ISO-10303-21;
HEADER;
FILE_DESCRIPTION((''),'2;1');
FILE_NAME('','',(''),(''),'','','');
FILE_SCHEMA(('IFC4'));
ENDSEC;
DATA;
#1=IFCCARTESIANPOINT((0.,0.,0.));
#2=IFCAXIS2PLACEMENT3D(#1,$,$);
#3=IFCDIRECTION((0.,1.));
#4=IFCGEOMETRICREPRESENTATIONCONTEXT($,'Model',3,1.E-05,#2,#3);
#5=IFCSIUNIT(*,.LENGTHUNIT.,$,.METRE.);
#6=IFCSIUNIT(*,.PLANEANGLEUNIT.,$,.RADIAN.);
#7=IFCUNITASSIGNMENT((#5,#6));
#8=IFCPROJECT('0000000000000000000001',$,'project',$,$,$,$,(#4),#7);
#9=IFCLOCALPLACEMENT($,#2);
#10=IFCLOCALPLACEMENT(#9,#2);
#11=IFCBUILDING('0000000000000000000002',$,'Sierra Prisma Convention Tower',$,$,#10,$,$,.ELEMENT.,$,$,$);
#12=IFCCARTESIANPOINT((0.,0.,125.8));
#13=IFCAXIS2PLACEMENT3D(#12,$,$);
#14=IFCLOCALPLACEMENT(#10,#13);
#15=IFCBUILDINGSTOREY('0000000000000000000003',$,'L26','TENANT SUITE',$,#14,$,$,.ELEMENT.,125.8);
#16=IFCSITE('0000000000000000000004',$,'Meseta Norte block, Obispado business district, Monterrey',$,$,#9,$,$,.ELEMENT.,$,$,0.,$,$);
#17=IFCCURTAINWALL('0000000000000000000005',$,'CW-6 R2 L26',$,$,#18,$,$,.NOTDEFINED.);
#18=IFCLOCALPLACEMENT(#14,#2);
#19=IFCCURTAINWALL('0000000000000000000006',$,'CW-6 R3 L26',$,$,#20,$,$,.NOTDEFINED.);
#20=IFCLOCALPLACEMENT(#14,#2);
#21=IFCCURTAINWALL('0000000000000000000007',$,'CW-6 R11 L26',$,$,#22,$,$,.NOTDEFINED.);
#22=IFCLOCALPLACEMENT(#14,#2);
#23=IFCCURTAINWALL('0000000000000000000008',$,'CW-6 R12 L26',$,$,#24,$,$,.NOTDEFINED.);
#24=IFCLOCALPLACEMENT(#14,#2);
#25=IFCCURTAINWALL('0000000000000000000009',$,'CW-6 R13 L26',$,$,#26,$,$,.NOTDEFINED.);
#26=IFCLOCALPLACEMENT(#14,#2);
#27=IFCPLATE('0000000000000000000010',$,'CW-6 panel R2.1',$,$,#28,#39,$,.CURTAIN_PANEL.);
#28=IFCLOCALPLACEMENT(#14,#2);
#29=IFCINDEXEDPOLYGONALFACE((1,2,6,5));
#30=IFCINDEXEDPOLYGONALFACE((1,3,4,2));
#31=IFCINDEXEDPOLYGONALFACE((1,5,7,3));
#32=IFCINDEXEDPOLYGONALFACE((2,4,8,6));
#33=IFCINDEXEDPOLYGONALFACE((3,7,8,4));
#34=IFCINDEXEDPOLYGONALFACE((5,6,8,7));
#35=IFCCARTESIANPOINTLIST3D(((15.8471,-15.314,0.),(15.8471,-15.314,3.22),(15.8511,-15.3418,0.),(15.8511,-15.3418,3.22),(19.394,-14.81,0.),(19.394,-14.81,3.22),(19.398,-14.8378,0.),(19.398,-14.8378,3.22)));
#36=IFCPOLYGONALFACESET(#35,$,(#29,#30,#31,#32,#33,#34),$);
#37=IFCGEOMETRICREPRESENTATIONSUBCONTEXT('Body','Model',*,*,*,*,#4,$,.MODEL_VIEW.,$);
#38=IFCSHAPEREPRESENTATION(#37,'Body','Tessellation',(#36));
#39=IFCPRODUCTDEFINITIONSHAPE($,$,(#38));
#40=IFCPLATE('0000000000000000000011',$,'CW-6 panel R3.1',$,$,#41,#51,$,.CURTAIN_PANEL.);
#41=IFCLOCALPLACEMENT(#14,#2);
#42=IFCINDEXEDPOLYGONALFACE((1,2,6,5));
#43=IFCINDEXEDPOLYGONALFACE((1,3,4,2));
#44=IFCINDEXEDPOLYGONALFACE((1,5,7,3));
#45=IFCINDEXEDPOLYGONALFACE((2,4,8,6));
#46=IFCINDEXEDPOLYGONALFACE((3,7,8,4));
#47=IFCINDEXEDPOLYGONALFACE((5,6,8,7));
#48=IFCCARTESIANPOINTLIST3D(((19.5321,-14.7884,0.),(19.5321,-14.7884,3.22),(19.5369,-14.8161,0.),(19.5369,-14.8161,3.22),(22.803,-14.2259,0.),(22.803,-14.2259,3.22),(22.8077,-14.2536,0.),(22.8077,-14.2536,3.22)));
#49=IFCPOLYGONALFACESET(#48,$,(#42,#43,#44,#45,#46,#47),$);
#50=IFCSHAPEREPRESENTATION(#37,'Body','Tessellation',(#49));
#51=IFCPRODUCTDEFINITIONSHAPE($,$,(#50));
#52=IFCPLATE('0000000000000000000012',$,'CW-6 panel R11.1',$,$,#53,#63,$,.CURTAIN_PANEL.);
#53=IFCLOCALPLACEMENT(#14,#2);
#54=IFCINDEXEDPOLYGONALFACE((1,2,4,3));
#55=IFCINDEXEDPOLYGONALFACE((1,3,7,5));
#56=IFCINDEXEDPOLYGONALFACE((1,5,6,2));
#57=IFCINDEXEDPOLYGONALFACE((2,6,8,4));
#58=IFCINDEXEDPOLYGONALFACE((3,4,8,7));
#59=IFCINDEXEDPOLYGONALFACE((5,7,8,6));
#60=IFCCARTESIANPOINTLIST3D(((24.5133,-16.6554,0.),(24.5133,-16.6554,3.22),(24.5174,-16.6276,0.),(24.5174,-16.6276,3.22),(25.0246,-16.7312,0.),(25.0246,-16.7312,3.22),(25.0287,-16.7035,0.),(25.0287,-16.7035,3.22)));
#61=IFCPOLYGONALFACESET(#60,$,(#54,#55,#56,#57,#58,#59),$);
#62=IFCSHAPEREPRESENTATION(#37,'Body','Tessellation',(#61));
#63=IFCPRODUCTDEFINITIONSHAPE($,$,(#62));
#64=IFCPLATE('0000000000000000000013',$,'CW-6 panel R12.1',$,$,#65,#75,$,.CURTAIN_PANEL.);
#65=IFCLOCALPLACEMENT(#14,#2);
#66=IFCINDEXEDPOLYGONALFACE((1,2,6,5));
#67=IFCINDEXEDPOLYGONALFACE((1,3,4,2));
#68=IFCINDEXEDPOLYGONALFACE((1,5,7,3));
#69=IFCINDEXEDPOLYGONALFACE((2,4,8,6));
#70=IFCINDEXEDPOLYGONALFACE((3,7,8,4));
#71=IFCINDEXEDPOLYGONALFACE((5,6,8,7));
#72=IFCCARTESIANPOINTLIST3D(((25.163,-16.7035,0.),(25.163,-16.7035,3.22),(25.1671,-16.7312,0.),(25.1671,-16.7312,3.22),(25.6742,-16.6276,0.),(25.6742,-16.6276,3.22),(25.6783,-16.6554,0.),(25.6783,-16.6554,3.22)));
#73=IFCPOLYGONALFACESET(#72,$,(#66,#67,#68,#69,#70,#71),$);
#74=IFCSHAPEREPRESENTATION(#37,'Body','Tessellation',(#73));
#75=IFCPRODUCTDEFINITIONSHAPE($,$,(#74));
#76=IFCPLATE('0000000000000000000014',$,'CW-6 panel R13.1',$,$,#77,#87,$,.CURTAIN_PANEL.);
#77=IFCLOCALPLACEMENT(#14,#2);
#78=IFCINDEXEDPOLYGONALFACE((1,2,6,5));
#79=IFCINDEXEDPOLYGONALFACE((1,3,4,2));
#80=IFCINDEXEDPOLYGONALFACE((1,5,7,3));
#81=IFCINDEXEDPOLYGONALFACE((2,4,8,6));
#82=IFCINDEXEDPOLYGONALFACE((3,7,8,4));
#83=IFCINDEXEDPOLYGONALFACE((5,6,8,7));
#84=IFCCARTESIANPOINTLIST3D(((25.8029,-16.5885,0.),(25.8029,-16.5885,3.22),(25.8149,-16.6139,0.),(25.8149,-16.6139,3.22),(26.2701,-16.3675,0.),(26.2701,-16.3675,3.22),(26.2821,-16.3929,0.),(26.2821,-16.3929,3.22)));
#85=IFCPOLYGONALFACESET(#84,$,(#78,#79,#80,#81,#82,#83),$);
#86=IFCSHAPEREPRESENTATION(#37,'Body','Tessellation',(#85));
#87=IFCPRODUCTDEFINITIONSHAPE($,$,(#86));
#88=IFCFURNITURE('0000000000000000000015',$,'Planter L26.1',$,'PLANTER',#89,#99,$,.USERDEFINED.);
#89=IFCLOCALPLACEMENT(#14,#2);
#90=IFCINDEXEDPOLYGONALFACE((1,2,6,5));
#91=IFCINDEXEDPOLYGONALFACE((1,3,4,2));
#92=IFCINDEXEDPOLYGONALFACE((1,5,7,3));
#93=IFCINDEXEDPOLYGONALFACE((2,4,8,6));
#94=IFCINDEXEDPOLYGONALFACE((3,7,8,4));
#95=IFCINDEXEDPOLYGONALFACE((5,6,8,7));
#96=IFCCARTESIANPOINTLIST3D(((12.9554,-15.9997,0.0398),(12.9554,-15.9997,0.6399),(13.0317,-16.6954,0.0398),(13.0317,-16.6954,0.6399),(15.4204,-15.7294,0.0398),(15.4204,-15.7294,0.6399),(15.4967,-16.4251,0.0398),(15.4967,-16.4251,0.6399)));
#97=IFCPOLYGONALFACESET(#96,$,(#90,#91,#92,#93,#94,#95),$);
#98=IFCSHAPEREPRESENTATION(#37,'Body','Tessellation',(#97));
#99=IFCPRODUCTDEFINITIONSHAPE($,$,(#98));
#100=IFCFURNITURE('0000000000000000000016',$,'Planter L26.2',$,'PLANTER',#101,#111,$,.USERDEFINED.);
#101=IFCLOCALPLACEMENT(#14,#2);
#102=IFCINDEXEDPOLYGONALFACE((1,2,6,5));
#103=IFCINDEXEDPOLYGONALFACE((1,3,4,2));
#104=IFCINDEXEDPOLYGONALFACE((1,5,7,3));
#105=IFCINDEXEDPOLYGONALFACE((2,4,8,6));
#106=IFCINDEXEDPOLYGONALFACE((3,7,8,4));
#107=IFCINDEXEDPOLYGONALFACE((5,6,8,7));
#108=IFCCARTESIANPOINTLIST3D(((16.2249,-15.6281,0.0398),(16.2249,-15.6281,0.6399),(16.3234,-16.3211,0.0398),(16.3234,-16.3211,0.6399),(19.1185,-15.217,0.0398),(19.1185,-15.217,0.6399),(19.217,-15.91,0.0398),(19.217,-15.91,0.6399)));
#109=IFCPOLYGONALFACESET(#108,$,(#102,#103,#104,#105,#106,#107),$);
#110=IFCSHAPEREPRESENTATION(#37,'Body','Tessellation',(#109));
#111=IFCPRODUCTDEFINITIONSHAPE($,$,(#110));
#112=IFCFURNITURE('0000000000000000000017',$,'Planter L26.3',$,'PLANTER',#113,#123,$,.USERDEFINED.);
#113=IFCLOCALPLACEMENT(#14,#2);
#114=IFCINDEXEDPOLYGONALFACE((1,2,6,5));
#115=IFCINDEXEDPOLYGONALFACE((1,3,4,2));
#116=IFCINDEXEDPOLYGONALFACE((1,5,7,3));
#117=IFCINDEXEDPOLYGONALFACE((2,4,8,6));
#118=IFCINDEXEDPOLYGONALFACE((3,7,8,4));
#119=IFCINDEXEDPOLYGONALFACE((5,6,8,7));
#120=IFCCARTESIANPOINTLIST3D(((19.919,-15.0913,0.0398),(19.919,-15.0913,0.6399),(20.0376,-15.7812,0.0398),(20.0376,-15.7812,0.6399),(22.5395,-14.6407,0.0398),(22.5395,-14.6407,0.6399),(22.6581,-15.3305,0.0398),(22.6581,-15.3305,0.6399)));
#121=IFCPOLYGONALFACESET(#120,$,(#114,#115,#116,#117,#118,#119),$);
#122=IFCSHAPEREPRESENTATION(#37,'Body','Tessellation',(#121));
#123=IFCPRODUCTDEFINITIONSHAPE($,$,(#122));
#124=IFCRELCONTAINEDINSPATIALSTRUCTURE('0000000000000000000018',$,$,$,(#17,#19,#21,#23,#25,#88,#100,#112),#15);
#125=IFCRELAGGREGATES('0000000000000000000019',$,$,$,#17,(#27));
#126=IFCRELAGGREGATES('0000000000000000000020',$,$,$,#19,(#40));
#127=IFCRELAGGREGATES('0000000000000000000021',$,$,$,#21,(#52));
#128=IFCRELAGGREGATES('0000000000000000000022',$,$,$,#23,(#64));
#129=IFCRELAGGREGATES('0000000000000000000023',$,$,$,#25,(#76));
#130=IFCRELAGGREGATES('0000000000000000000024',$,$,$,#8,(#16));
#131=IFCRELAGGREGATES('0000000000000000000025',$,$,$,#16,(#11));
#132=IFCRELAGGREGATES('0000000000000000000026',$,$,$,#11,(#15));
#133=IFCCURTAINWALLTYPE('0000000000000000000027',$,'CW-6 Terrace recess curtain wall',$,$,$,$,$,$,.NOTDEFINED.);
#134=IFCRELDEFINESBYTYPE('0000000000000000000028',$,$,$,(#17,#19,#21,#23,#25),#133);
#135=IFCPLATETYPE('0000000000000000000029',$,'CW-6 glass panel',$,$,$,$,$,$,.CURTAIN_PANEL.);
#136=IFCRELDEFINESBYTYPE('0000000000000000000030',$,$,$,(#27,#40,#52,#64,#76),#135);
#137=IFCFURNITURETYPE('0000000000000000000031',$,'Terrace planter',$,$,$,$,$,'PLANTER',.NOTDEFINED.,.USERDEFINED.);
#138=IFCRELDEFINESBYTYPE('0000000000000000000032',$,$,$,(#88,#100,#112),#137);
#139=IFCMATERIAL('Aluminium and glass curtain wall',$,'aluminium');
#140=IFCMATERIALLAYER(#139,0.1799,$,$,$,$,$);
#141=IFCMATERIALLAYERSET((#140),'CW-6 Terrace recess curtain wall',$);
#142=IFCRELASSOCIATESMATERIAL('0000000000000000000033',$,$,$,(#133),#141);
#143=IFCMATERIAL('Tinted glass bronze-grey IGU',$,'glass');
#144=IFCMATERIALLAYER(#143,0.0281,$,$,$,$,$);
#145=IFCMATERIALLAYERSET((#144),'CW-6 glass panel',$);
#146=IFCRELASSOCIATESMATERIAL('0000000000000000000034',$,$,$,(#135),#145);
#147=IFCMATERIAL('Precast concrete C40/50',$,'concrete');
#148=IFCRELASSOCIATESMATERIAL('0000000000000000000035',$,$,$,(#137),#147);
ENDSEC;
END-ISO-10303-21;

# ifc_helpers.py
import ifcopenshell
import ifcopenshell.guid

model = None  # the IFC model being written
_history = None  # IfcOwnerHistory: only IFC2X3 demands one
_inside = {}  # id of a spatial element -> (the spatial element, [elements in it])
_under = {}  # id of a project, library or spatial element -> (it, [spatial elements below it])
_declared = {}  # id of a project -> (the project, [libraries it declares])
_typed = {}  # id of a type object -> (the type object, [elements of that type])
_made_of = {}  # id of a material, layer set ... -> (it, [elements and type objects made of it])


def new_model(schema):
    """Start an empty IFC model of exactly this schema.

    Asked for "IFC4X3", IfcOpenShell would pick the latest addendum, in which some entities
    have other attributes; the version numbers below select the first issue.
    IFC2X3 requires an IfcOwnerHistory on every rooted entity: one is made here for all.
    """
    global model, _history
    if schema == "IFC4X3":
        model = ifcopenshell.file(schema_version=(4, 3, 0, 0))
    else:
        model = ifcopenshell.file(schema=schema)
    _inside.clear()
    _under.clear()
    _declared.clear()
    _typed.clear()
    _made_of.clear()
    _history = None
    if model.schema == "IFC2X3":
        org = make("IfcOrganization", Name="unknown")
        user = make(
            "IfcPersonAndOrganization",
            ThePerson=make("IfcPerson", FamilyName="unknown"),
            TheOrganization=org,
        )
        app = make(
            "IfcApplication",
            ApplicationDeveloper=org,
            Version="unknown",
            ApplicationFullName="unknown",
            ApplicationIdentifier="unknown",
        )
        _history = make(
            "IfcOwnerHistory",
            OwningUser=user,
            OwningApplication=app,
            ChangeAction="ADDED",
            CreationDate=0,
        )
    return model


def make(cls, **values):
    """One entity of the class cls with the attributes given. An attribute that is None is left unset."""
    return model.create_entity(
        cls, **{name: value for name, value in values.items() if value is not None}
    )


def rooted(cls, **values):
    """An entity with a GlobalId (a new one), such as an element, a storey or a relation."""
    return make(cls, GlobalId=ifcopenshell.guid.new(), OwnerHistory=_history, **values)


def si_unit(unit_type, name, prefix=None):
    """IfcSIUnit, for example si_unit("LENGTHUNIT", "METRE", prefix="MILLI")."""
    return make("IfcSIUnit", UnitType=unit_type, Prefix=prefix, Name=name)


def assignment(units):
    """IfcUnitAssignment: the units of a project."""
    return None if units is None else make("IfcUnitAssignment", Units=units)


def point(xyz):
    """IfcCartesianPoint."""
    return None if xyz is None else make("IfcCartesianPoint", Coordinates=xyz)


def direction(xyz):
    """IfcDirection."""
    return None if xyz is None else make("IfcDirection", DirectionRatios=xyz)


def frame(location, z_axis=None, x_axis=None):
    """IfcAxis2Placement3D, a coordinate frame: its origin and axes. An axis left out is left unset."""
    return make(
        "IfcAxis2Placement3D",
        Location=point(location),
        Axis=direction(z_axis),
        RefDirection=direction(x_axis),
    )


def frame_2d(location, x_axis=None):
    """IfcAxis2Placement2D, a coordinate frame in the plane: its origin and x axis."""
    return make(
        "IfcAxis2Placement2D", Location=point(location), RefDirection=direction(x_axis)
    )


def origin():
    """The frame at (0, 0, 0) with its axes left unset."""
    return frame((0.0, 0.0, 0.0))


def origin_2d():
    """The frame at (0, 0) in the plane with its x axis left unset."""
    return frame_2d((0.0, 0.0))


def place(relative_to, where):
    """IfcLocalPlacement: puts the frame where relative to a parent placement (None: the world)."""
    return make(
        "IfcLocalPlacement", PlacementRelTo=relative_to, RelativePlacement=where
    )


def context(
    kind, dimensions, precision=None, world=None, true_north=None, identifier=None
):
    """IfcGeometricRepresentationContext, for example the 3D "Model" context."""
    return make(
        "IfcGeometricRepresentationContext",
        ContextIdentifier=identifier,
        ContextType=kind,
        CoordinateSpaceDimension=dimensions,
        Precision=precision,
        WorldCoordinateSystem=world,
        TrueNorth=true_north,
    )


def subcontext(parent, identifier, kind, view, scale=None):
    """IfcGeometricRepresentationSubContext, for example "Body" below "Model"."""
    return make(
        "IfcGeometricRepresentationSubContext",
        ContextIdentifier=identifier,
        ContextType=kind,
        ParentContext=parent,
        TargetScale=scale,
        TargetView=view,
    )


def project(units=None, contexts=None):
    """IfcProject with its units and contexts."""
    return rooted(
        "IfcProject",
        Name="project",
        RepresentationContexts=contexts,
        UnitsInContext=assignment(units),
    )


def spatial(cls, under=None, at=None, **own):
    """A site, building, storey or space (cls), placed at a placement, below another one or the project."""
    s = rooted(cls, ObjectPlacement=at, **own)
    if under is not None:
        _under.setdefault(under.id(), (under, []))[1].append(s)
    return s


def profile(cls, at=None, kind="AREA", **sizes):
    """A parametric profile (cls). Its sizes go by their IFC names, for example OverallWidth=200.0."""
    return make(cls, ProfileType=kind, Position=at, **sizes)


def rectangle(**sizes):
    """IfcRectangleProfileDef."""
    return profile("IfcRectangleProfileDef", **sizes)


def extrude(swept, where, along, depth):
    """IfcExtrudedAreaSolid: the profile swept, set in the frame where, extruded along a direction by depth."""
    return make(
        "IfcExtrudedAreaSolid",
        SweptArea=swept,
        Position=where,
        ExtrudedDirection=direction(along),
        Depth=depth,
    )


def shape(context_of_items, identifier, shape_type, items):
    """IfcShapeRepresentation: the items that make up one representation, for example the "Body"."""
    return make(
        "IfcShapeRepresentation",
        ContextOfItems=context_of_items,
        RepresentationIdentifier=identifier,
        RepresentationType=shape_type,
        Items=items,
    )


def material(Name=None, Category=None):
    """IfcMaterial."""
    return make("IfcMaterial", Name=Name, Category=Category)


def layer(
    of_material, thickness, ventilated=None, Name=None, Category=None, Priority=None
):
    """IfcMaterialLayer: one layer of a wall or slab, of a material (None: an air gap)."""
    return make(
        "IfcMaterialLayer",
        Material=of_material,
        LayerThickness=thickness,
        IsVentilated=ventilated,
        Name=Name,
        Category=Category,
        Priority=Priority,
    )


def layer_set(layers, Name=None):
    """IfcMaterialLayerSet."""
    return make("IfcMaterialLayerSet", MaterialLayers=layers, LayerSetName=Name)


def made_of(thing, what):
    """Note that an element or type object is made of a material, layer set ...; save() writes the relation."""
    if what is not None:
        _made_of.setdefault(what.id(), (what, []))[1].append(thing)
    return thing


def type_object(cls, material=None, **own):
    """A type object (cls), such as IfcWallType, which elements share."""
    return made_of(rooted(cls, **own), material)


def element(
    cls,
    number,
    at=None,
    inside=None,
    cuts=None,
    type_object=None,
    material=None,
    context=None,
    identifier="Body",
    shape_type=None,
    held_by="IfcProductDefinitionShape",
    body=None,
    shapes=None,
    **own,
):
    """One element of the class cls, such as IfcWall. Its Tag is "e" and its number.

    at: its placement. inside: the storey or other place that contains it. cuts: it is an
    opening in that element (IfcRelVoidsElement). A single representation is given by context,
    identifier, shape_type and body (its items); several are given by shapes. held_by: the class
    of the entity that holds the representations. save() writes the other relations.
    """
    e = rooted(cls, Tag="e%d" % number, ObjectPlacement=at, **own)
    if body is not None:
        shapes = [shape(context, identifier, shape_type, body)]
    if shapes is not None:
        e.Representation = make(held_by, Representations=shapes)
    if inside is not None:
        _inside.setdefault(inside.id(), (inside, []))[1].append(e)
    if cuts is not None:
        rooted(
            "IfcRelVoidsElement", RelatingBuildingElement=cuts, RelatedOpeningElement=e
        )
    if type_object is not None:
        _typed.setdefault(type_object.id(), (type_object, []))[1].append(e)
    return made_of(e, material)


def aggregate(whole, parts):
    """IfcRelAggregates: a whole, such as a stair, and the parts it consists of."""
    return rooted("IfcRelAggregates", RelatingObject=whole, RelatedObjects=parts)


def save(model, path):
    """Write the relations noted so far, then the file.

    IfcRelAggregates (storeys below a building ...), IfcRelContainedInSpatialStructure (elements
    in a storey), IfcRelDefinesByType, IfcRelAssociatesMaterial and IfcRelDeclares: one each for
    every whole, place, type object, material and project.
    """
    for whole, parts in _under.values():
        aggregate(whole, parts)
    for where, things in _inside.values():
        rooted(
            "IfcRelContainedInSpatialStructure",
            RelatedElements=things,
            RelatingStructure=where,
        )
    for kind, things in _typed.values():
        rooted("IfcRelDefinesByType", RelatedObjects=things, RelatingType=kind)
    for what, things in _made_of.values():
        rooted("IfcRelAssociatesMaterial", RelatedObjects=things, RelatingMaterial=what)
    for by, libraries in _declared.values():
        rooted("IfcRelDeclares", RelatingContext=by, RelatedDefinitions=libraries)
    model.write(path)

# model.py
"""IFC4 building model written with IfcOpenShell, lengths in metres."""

from ifc_helpers import new_model, si_unit, direction, frame, origin, origin_2d, place, context, subcontext, project, spatial, rectangle, extrude, material, layer, layer_set, type_object, element, aggregate, save


model = new_model("IFC4")

# Units and contexts
model_context = context("Model", 3, precision=1e-05, world=origin(), true_north=direction((0.0, 1.0)))
body_context = subcontext(model_context, "Body", "Model", "MODEL_VIEW")
ifc_project = project(units=[si_unit("LENGTHUNIT", "METRE"), si_unit("PLANEANGLEUNIT", "RADIAN")], contexts=[model_context])

# Site, building, storey
site_placement = place(None, origin())
site = spatial("IfcSite", under=ifc_project, at=site_placement, Name="Meseta Norte block, Obispado business district, Monterrey", CompositionType="ELEMENT", RefElevation=0.0)
building_placement = place(site_placement, origin())
building = spatial("IfcBuilding", under=site, at=building_placement, Name="Sierra Prisma Convention Tower", CompositionType="ELEMENT")
storey_placement = place(building_placement, frame((0.0, 0.0, 125.8)))
storey = spatial("IfcBuildingStorey", under=building, at=storey_placement, Name="L26", Description="TENANT SUITE", CompositionType="ELEMENT", Elevation=125.8)

# Curtain walls
ifc_material_1 = material(Name="Aluminium and glass curtain wall", Category="aluminium")
ifc_layer_1 = layer(ifc_material_1, 0.1799)
ifc_layer_set_1 = layer_set([ifc_layer_1], Name="CW-6 Terrace recess curtain wall")
curtain_wall_type = type_object("IfcCurtainWallType", Name="CW-6 Terrace recess curtain wall", PredefinedType="NOTDEFINED", material=ifc_layer_set_1)
curtain_wall_1_placement = place(storey_placement, origin())
curtain_wall_1 = element("IfcCurtainWall", 1, at=curtain_wall_1_placement, inside=storey, type_object=curtain_wall_type, Name="CW-6 R2 L26", PredefinedType="NOTDEFINED")
curtain_wall_2_placement = place(storey_placement, origin())
curtain_wall_2 = element("IfcCurtainWall", 2, at=curtain_wall_2_placement, inside=storey, type_object=curtain_wall_type, Name="CW-6 R3 L26", PredefinedType="NOTDEFINED")
curtain_wall_3_placement = place(storey_placement, origin())
curtain_wall_3 = element("IfcCurtainWall", 3, at=curtain_wall_3_placement, inside=storey, type_object=curtain_wall_type, Name="CW-6 R11 L26", PredefinedType="NOTDEFINED")
curtain_wall_4_placement = place(storey_placement, origin())
curtain_wall_4 = element("IfcCurtainWall", 4, at=curtain_wall_4_placement, inside=storey, type_object=curtain_wall_type, Name="CW-6 R12 L26", PredefinedType="NOTDEFINED")
curtain_wall_5_placement = place(storey_placement, origin())
curtain_wall_5 = element("IfcCurtainWall", 5, at=curtain_wall_5_placement, inside=storey, type_object=curtain_wall_type, Name="CW-6 R13 L26", PredefinedType="NOTDEFINED")

# Shared definitions
ifc_material_2 = material(Name="Tinted glass bronze-grey IGU", Category="glass")
ifc_layer_2 = layer(ifc_material_2, 0.0281)
ifc_layer_set_2 = layer_set([ifc_layer_2], Name="CW-6 glass panel")
plate_type = type_object("IfcPlateType", Name="CW-6 glass panel", PredefinedType="CURTAIN_PANEL", material=ifc_layer_set_2)

# Plates
plate_1_placement = place(storey_placement, frame((17.6226, -15.0759, 0.0), z_axis=(0.0, 0.0, 1.0), x_axis=(0.990056, 0.140675, 0.0)))
plate_1 = element("IfcPlate", 6, at=plate_1_placement, type_object=plate_type, Name="CW-6 panel R2.1", PredefinedType="CURTAIN_PANEL", context=body_context, shape_type="SweptSolid", body=[
    extrude(rectangle(XDim=3.5825, YDim=0.0281, at=origin_2d()), origin(), (0.0, 0.0, 1.0), 3.22),
])
aggregate(curtain_wall_1, [plate_1])
plate_2_placement = place(storey_placement, frame((21.1699, -14.521, 0.0), z_axis=(0.0, 0.0, 1.0), x_axis=(0.985536, 0.169469, 0.0)))
plate_2 = element("IfcPlate", 7, at=plate_2_placement, type_object=plate_type, Name="CW-6 panel R3.1", PredefinedType="CURTAIN_PANEL", context=body_context, shape_type="SweptSolid", body=[
    extrude(rectangle(XDim=3.3188, YDim=0.0281, at=origin_2d()), origin(), (0.0, 0.0, 1.0), 3.22),
])
aggregate(curtain_wall_2, [plate_2])
plate_3_placement = place(storey_placement, frame((24.771, -16.6794, 0.0), z_axis=(0.0, 0.0, 1.0), x_axis=(0.989177, -0.14673, 0.0)))
plate_3 = element("IfcPlate", 8, at=plate_3_placement, type_object=plate_type, Name="CW-6 panel R11.1", PredefinedType="CURTAIN_PANEL", context=body_context, shape_type="SweptSolid", body=[
    extrude(rectangle(XDim=0.5168, YDim=0.0281, at=origin_2d()), origin(), (0.0, 0.0, 1.0), 3.22),
])
aggregate(curtain_wall_3, [plate_3])
plate_4_placement = place(storey_placement, frame((25.4207, -16.6794, 0.0), z_axis=(0.0, 0.0, 1.0), x_axis=(0.989177, 0.14673, 0.0)))
plate_4 = element("IfcPlate", 9, at=plate_4_placement, type_object=plate_type, Name="CW-6 panel R12.1", PredefinedType="CURTAIN_PANEL", context=body_context, shape_type="SweptSolid", body=[
    extrude(rectangle(XDim=0.5168, YDim=0.0281, at=origin_2d()), origin(), (0.0, 0.0, 1.0), 3.22),
])
aggregate(curtain_wall_4, [plate_4])
plate_5_placement = place(storey_placement, frame((26.0425, -16.4907, 0.0), z_axis=(0.0, 0.0, 1.0), x_axis=(0.903989, 0.427555, 0.0)))
plate_5 = element("IfcPlate", 10, at=plate_5_placement, type_object=plate_type, Name="CW-6 panel R13.1", PredefinedType="CURTAIN_PANEL", context=body_context, shape_type="SweptSolid", body=[
    extrude(rectangle(XDim=0.5168, YDim=0.0281, at=origin_2d()), origin(), (0.0, 0.0, 1.0), 3.22),
])
aggregate(curtain_wall_5, [plate_5])

# Furniture
ifc_material_3 = material(Name="Precast concrete C40/50", Category="concrete")
furniture_type = type_object("IfcFurnitureType", Name="Terrace planter", ElementType="PLANTER", AssemblyPlace="NOTDEFINED", PredefinedType="USERDEFINED", material=ifc_material_3)
furniture_1_placement = place(storey_placement, frame((14.2261, -16.2124, 0.0398), z_axis=(0.0, 0.0, 1.0), x_axis=(0.994042, 0.109002, 0.0)))
element("IfcFurniture", 11, at=furniture_1_placement, inside=storey, type_object=furniture_type, Name="Planter L26.1", ObjectType="PLANTER", PredefinedType="USERDEFINED", context=body_context, shape_type="SweptSolid", body=[
    extrude(rectangle(XDim=2.4797, YDim=0.7, at=origin_2d()), origin(), (0.0, 0.0, 1.0), 0.6001),
])
furniture_2_placement = place(storey_placement, frame((17.7209, -15.769, 0.0398), z_axis=(0.0, 0.0, 1.0), x_axis=(0.990056, 0.140675, 0.0)))
element("IfcFurniture", 12, at=furniture_2_placement, inside=storey, type_object=furniture_type, Name="Planter L26.2", ObjectType="PLANTER", PredefinedType="USERDEFINED", context=body_context, shape_type="SweptSolid", body=[
    extrude(rectangle(XDim=2.9226, YDim=0.7, at=origin_2d()), origin(), (0.0, 0.0, 1.0), 0.6001),
])
furniture_3_placement = place(storey_placement, frame((21.2886, -15.2109, 0.0398), z_axis=(0.0, 0.0, 1.0), x_axis=(0.985536, 0.169469, 0.0)))
element("IfcFurniture", 13, at=furniture_3_placement, inside=storey, type_object=furniture_type, Name="Planter L26.3", ObjectType="PLANTER", PredefinedType="USERDEFINED", context=body_context, shape_type="SweptSolid", body=[
    extrude(rectangle(XDim=2.6589, YDim=0.7, at=origin_2d()), origin(), (0.0, 0.0, 1.0), 0.6001),
])

save(model, "model.ifc")
